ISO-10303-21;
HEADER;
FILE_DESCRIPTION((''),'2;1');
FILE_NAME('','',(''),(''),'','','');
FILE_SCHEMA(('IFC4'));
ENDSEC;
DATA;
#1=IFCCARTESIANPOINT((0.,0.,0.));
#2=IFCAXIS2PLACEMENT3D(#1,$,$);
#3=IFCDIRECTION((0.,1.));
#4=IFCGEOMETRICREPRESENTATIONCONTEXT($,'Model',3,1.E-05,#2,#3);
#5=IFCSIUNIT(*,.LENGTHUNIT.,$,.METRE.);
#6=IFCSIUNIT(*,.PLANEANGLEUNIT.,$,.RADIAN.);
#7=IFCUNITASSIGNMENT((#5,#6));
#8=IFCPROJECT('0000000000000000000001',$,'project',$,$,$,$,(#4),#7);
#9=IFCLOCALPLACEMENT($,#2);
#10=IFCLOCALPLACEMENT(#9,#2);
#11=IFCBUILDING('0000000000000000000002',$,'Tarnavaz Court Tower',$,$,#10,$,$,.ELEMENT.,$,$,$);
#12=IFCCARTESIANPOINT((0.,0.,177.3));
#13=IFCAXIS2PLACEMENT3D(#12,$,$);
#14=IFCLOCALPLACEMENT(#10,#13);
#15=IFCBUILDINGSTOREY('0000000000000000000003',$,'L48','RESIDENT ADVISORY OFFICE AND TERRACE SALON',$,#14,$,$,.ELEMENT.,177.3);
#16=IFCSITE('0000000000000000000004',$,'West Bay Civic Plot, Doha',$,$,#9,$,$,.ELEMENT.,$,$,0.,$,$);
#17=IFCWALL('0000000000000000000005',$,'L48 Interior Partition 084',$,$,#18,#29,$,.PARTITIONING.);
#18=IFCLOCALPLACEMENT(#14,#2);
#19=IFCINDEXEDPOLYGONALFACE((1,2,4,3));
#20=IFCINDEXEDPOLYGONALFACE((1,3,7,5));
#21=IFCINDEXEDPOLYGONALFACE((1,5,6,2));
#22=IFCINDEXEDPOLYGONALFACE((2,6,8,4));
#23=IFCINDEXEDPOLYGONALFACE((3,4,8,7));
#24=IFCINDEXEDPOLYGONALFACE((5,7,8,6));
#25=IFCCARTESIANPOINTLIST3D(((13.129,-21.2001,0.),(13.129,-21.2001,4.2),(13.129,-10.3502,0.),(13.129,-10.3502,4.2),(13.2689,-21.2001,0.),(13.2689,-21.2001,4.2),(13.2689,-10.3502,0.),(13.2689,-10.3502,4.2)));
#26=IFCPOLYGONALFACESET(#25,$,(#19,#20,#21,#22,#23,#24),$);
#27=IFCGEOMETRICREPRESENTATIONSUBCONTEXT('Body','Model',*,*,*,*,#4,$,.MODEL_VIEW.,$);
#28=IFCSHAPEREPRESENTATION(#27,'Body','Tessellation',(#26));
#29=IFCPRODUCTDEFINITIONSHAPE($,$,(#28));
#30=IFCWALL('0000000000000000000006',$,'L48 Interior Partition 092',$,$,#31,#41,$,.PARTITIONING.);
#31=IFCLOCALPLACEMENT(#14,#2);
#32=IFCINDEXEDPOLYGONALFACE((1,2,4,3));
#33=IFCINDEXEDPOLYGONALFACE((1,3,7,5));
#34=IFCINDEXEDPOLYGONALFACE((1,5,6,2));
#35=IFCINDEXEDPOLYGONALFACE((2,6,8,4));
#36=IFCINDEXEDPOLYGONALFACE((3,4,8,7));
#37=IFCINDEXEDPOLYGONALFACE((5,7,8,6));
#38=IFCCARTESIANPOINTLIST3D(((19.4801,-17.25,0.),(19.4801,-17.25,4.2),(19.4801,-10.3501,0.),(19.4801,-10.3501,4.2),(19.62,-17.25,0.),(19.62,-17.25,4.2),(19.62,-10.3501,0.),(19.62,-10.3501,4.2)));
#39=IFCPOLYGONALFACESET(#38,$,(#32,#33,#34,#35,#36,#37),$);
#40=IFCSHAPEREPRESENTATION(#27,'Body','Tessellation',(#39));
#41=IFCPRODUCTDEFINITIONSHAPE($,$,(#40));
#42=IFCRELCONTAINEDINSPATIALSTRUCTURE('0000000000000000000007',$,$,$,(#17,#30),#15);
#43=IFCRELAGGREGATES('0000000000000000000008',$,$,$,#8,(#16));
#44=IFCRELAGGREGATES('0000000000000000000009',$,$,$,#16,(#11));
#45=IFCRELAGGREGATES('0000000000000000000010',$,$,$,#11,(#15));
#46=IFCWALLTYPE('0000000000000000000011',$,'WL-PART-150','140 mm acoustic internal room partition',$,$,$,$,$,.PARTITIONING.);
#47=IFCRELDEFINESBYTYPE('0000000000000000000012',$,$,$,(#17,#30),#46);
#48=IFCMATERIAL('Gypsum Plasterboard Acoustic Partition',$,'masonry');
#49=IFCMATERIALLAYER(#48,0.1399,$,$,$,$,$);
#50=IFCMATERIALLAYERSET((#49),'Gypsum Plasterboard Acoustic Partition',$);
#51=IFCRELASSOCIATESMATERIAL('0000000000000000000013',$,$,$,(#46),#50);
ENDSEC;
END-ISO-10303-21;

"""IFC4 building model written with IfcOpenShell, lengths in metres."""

from ifc_helpers import new_model, si_unit, direction, frame, frame_2d, origin, place, context, subcontext, project, spatial, rectangle, extrude, material, layer, layer_set, type_object, element, save


model = new_model("IFC4")

# Units and contexts
model_context = context("Model", 3, precision=1e-05, world=origin(), true_north=direction((0.0, 1.0)))
body_context = subcontext(model_context, "Body", "Model", "MODEL_VIEW")
ifc_project = project(units=[si_unit("LENGTHUNIT", "METRE"), si_unit("PLANEANGLEUNIT", "RADIAN")], contexts=[model_context])

# Site, building, storey
site_placement = place(None, origin())
site = spatial("IfcSite", under=ifc_project, at=site_placement, Name="West Bay Civic Plot, Doha", CompositionType="ELEMENT", RefElevation=0.0)
building_placement = place(site_placement, origin())
building = spatial("IfcBuilding", under=site, at=building_placement, Name="Tarnavaz Court Tower", CompositionType="ELEMENT")
storey_placement = place(building_placement, frame((0.0, 0.0, 177.3)))
storey = spatial("IfcBuildingStorey", under=building, at=storey_placement, Name="L48", Description="RESIDENT ADVISORY OFFICE AND TERRACE SALON", CompositionType="ELEMENT", Elevation=177.3)

# Walls
ifc_material_1 = material(Name="Gypsum Plasterboard Acoustic Partition", Category="masonry")
ifc_layer_1 = layer(ifc_material_1, 0.1399)
ifc_layer_set_1 = layer_set([ifc_layer_1], Name="Gypsum Plasterboard Acoustic Partition")
wall_type_1 = type_object("IfcWallType", Name="WL-PART-150", Description="140 mm acoustic internal room partition", PredefinedType="PARTITIONING", material=ifc_layer_set_1)
wall_1_placement = place(storey_placement, frame((13.199, -21.2, 0.0), z_axis=(0.0, 0.0, 1.0), x_axis=(0.0, 1.0, 0.0)))
element("IfcWall", 1, at=wall_1_placement, inside=storey, type_object=wall_type_1, Name="L48 Interior Partition 084", PredefinedType="PARTITIONING", context=body_context, shape_type="SweptSolid", body=[
    extrude(rectangle(XDim=10.8499, YDim=0.1399, at=frame_2d((5.4248, 0.0))), origin(), (0.0, 0.0, 1.0), 4.2),
])
wall_2_placement = place(storey_placement, frame((19.55, -17.25, 0.0), z_axis=(0.0, 0.0, 1.0), x_axis=(0.0, 1.0, 0.0)))
element("IfcWall", 2, at=wall_2_placement, inside=storey, type_object=wall_type_1, Name="L48 Interior Partition 092", PredefinedType="PARTITIONING", context=body_context, shape_type="SweptSolid", body=[
    extrude(rectangle(XDim=6.8999, YDim=0.1399, at=frame_2d((3.45, 0.0))), origin(), (0.0, 0.0, 1.0), 4.2),
])

save(model, "model.ifc")
